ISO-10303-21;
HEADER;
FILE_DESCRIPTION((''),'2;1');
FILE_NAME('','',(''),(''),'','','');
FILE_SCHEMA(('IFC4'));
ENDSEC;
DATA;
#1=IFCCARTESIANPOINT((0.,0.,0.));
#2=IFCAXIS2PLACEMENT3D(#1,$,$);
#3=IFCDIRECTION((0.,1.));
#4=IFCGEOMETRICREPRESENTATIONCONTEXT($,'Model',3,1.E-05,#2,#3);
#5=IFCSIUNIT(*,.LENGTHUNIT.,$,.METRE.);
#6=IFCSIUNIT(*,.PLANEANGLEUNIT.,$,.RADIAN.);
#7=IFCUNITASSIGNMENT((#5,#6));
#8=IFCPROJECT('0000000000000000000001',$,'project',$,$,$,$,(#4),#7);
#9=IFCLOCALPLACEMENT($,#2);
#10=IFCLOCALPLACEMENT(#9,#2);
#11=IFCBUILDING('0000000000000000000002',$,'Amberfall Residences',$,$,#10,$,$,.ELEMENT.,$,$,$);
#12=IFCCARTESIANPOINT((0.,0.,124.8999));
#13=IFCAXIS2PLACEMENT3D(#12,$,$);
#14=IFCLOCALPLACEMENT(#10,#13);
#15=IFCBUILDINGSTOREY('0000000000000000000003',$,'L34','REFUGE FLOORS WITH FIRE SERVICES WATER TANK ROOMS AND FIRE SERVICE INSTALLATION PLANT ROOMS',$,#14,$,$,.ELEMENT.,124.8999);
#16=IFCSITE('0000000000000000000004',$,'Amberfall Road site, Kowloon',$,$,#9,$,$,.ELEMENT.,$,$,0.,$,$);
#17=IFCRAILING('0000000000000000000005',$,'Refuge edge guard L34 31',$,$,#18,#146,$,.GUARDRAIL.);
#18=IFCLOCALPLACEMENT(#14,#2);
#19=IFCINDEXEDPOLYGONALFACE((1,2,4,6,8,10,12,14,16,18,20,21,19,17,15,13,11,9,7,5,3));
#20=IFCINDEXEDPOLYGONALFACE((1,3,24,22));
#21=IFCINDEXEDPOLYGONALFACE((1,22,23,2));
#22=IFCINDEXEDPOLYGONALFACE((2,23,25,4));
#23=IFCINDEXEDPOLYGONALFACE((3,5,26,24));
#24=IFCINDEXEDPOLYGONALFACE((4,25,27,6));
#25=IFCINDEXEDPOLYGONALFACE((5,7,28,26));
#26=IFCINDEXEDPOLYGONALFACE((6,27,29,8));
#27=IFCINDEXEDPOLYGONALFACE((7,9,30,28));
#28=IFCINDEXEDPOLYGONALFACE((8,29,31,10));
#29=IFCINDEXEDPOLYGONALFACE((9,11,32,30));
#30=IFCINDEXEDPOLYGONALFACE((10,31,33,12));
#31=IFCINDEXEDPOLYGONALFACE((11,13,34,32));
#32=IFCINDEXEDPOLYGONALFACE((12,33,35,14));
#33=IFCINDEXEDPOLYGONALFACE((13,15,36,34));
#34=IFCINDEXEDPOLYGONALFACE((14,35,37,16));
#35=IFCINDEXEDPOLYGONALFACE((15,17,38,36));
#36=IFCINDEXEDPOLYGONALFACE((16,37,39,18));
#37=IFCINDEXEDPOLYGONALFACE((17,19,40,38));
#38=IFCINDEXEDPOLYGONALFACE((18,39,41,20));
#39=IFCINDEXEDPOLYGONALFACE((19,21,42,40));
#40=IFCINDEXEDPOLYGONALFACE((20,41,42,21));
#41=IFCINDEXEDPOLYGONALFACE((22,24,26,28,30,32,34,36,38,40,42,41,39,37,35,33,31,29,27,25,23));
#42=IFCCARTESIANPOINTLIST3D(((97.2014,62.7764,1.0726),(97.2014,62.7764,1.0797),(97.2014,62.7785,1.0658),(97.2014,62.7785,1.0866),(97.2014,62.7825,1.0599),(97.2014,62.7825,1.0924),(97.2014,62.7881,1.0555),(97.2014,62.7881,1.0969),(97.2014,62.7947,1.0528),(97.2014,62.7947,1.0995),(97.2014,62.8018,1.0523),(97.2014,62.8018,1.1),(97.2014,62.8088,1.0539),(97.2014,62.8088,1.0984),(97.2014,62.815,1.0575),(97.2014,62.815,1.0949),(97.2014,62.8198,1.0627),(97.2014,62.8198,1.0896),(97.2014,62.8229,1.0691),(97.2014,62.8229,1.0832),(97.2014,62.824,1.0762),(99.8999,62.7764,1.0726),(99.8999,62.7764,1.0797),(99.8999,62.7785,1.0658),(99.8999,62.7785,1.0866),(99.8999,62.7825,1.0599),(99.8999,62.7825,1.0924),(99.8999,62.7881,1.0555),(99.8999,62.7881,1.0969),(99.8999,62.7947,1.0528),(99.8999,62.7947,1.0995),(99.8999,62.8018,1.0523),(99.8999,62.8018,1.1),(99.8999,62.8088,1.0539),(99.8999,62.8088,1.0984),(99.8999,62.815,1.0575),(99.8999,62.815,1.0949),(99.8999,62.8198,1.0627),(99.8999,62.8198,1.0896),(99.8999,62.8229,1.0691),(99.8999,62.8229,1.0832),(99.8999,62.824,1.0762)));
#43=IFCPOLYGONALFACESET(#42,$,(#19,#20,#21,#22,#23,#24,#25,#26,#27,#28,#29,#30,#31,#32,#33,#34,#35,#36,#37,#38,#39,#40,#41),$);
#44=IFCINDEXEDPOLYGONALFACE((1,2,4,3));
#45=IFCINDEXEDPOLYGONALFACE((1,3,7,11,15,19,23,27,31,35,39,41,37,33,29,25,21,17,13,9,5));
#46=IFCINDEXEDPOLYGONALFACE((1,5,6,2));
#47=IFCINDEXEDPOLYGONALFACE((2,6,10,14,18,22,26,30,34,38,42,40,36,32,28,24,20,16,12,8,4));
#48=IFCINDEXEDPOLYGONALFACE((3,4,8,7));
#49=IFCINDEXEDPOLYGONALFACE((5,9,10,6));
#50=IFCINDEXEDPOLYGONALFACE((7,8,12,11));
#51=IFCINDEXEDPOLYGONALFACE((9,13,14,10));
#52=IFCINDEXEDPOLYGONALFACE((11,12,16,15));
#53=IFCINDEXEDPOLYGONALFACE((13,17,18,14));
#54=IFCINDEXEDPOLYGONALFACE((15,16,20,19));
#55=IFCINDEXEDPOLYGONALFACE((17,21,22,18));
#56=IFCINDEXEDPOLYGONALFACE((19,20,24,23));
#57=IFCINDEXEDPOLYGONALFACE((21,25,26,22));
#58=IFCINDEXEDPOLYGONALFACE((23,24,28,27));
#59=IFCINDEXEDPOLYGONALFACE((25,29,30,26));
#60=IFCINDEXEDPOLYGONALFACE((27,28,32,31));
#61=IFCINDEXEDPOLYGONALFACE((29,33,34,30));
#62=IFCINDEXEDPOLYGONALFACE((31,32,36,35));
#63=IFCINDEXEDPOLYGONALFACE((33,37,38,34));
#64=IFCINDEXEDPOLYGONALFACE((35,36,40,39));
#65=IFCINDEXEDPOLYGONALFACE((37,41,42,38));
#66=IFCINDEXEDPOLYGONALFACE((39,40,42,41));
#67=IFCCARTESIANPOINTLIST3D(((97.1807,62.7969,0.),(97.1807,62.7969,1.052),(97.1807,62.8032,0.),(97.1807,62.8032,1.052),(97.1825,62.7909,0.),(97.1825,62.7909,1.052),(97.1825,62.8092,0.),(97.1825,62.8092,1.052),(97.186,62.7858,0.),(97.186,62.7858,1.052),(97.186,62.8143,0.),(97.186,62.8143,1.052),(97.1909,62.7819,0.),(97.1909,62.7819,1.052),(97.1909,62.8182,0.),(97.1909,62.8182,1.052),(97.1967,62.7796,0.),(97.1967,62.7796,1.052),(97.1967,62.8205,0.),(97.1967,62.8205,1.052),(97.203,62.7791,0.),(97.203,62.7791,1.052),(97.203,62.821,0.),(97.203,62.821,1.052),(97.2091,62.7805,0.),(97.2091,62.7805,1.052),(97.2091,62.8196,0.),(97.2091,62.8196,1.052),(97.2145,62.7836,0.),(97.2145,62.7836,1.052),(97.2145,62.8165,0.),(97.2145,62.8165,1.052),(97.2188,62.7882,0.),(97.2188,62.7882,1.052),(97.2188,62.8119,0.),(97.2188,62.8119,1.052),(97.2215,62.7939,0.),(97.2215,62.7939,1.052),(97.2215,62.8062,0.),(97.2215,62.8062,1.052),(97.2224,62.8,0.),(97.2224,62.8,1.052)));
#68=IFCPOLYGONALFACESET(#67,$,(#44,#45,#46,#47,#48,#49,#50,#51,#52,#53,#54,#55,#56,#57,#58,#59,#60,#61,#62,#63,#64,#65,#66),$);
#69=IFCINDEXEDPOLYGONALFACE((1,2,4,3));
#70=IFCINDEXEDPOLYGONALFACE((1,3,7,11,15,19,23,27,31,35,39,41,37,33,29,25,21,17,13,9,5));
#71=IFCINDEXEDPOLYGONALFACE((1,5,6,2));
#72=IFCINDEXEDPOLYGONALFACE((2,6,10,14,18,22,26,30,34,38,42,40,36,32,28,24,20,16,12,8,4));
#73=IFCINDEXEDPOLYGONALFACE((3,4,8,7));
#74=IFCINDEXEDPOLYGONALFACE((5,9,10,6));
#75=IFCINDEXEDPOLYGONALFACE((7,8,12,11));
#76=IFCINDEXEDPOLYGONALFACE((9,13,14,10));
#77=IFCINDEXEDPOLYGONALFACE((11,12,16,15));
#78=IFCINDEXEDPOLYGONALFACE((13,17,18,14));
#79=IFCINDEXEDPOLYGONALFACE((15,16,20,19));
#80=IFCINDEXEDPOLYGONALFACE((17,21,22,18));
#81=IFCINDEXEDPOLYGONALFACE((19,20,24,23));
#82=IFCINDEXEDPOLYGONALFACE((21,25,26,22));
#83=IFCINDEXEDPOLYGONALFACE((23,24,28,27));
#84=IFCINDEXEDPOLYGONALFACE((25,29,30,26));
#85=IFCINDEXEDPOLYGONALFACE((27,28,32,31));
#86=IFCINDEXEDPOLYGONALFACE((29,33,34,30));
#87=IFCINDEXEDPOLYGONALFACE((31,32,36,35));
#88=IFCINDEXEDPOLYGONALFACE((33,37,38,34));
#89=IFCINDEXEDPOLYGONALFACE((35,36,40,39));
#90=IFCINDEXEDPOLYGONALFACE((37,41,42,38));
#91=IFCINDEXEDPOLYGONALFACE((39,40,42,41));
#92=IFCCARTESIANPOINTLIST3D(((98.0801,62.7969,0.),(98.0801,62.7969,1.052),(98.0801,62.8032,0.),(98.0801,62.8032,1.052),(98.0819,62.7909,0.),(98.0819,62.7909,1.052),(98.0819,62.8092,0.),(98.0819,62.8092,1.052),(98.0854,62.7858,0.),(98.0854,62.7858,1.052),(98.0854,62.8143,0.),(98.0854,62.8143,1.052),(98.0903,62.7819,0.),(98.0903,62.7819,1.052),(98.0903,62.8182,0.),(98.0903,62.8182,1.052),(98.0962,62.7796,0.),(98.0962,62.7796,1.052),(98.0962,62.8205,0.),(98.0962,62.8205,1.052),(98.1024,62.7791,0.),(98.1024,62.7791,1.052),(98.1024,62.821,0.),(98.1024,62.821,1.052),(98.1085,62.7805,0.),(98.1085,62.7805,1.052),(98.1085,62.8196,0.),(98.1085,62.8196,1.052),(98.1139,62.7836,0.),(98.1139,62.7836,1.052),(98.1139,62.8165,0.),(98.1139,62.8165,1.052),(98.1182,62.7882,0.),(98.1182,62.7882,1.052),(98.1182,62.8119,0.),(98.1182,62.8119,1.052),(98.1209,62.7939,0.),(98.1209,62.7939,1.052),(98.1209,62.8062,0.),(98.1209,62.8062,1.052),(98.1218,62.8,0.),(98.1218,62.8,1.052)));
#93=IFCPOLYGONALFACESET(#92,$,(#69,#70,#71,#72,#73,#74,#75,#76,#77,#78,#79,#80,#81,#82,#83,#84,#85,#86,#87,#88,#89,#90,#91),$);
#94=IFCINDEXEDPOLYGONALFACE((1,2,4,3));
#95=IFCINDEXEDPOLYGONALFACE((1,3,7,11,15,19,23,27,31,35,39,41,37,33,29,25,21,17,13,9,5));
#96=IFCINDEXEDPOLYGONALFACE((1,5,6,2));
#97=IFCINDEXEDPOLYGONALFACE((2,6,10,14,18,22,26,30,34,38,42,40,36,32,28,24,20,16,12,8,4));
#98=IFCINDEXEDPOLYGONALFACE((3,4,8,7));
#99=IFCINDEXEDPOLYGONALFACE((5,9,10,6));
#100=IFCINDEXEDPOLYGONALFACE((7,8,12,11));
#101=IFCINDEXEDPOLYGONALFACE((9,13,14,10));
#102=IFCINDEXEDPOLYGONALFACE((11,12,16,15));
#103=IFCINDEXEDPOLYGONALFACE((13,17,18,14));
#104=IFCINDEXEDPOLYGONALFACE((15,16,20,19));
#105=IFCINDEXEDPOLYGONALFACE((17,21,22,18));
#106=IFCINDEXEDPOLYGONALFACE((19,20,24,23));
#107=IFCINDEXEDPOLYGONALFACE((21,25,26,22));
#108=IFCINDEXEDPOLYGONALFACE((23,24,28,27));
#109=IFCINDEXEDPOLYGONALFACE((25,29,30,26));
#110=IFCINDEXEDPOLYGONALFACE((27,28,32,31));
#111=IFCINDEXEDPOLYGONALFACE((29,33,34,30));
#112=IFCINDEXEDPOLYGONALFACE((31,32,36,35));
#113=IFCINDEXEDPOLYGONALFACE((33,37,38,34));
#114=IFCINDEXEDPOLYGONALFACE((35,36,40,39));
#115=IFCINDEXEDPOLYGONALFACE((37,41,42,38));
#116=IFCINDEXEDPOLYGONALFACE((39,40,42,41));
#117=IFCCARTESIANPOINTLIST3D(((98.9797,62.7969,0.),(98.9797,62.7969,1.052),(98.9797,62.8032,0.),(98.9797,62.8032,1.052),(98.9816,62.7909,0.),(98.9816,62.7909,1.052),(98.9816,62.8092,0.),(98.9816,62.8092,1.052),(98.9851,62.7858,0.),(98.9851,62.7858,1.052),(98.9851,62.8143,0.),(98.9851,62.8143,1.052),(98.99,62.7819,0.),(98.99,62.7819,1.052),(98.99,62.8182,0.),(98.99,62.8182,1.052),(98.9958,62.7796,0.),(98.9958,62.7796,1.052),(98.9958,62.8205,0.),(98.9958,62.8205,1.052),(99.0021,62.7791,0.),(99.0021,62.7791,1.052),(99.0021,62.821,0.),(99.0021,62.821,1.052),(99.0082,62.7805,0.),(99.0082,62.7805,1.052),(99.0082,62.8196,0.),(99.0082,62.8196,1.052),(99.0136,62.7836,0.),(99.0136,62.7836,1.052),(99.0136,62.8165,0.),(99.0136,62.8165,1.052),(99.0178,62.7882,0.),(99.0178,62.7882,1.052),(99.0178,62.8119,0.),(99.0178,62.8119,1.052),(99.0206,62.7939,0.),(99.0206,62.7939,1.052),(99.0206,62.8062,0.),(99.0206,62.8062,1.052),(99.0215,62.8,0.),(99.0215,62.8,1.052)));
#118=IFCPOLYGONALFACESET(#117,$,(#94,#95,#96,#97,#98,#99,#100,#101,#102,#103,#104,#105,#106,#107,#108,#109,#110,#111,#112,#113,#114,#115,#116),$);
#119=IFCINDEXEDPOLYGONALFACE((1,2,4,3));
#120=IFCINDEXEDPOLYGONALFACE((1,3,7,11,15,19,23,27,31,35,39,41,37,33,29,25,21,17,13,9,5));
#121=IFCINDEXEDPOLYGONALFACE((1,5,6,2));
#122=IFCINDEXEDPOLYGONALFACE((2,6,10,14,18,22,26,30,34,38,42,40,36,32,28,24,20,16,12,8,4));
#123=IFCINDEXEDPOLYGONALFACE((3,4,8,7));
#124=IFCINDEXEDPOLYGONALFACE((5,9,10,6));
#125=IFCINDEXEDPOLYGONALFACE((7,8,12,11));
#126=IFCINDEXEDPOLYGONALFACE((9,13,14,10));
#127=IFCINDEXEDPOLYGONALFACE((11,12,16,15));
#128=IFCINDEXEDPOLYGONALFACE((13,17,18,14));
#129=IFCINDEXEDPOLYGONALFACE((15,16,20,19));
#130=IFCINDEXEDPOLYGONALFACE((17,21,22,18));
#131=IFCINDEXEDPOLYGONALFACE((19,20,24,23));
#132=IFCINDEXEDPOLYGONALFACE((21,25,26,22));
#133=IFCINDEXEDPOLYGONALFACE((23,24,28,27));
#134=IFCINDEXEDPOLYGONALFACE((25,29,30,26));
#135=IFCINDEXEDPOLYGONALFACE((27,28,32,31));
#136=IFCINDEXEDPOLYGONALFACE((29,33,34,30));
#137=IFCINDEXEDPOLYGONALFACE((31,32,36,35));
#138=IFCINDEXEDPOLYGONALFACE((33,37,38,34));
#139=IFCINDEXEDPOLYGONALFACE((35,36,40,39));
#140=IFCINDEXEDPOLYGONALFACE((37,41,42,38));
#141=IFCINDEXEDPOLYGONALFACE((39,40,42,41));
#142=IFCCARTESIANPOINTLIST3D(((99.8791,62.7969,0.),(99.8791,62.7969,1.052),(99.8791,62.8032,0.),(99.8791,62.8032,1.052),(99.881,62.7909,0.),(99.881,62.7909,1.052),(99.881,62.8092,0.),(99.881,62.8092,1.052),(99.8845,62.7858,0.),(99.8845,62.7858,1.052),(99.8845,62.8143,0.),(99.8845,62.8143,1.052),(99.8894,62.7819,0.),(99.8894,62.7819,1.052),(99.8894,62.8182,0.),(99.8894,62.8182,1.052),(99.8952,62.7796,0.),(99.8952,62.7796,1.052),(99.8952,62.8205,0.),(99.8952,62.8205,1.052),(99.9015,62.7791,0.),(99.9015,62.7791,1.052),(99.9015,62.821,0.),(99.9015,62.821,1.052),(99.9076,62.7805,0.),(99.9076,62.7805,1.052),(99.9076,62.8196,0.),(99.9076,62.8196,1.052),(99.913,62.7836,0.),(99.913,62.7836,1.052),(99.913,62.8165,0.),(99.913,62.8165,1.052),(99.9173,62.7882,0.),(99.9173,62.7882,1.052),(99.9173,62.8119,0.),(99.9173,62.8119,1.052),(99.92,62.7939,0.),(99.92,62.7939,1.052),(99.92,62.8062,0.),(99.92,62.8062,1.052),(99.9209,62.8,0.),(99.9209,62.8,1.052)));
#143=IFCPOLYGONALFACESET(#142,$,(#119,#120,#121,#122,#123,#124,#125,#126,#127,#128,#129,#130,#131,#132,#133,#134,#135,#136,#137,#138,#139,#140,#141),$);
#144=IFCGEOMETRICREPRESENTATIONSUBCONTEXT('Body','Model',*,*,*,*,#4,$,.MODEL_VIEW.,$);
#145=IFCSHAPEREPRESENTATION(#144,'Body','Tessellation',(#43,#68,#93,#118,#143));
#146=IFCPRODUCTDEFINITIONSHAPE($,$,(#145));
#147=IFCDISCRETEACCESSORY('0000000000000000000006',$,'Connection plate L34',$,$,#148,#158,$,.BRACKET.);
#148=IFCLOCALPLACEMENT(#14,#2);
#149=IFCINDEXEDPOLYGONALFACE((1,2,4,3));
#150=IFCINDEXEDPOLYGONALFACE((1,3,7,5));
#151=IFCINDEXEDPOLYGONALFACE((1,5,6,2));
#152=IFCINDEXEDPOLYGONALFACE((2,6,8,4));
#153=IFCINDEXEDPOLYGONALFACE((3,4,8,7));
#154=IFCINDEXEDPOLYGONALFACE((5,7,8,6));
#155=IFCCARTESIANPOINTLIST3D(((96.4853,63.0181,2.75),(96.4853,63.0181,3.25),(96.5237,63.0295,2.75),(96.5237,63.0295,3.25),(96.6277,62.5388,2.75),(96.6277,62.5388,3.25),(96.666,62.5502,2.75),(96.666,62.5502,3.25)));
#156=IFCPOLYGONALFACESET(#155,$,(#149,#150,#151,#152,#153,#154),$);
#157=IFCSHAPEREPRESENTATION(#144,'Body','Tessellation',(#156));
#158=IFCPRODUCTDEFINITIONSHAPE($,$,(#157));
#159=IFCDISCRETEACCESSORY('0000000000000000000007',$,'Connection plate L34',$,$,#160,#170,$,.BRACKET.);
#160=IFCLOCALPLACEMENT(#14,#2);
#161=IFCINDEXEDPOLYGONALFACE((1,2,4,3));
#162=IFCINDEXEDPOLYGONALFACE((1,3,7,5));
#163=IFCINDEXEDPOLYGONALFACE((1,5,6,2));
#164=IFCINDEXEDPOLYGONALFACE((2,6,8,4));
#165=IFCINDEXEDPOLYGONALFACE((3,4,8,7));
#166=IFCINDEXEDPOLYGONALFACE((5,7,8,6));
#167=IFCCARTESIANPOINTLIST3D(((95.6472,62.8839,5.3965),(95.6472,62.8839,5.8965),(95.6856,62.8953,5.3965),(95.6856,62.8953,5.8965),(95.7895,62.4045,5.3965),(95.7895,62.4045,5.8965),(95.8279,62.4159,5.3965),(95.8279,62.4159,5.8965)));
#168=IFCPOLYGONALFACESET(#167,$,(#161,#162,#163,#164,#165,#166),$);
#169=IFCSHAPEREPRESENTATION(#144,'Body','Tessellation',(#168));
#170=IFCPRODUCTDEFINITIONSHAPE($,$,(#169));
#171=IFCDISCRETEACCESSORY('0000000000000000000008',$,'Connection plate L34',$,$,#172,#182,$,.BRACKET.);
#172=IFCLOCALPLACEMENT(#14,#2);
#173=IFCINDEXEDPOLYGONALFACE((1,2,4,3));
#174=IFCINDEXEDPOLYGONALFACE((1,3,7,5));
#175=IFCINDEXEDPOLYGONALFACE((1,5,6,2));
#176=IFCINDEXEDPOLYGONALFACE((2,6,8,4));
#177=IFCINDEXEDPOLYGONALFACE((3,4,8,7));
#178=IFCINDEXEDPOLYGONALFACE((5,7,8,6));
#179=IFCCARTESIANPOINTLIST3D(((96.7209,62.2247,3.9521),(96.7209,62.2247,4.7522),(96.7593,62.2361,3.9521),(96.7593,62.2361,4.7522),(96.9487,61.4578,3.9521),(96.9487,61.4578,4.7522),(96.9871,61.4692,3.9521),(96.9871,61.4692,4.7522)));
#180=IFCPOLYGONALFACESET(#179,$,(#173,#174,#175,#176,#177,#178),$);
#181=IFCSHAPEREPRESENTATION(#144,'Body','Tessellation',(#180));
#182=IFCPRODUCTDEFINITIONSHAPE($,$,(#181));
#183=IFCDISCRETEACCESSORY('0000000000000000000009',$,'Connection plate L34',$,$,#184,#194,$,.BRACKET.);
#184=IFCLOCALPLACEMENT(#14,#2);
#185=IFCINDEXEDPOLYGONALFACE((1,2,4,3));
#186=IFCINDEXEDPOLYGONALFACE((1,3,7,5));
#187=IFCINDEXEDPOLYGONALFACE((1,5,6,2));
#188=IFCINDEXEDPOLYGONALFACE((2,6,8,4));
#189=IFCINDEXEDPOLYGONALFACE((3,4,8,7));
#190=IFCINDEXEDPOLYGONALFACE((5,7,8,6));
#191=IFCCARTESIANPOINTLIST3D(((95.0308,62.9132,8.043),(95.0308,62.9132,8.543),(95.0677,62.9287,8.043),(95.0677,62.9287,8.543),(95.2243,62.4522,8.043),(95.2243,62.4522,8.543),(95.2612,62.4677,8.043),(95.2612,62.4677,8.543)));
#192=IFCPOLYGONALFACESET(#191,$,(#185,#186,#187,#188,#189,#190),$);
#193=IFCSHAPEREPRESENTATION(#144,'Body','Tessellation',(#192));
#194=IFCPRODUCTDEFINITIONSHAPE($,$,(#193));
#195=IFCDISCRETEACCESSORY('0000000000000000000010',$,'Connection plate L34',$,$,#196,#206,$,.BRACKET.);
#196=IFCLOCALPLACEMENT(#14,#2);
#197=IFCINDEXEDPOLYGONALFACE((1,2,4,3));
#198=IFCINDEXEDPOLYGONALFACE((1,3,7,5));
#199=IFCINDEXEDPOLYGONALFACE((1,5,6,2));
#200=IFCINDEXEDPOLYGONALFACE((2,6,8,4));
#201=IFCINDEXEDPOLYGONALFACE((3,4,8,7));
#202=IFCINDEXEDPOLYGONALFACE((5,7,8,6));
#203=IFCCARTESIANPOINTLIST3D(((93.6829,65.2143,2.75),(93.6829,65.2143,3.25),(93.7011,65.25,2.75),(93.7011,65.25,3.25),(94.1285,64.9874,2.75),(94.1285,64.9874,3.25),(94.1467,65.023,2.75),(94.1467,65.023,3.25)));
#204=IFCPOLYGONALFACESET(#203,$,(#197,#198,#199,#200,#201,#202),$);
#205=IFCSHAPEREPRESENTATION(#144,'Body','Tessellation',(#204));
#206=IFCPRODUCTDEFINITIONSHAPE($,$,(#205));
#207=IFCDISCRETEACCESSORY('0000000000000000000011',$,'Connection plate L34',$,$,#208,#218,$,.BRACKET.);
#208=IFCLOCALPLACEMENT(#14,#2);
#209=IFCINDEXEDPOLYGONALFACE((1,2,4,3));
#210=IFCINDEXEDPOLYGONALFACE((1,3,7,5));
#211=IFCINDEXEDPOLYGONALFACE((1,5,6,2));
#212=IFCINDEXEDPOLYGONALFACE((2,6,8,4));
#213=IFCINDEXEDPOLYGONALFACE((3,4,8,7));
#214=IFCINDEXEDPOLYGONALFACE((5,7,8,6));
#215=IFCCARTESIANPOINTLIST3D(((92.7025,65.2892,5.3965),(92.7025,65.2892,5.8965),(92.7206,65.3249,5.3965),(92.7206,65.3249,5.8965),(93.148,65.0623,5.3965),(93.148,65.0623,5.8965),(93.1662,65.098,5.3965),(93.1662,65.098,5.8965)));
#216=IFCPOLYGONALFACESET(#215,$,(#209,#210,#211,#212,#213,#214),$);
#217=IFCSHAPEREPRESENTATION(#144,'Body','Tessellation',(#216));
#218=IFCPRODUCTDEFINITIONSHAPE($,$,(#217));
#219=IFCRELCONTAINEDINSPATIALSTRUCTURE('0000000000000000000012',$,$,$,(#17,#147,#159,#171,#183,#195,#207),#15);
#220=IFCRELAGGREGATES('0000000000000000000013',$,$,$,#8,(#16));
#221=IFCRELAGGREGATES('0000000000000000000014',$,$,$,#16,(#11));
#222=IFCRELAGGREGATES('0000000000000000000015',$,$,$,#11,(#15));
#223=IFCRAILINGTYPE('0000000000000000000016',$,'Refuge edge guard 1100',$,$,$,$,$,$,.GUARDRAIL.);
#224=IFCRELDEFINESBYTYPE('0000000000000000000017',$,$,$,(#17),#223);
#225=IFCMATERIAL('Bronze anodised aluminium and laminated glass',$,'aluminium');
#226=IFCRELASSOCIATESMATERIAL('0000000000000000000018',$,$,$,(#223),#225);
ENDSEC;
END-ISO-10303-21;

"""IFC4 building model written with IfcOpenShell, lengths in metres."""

from ifc_helpers import new_model, si_unit, direction, frame, origin, origin_2d, place, context, subcontext, project, spatial, rectangle, circle, extrude, material, type_object, element, save


model = new_model("IFC4")

# Units and contexts
model_context = context("Model", 3, precision=1e-05, world=origin(), true_north=direction((0.0, 1.0)))
body_context = subcontext(model_context, "Body", "Model", "MODEL_VIEW")
ifc_project = project(units=[si_unit("LENGTHUNIT", "METRE"), si_unit("PLANEANGLEUNIT", "RADIAN")], contexts=[model_context])

# Site, building, storey
site_placement = place(None, origin())
site = spatial("IfcSite", under=ifc_project, at=site_placement, Name="Amberfall Road site, Kowloon", CompositionType="ELEMENT", RefElevation=0.0)
building_placement = place(site_placement, origin())
building = spatial("IfcBuilding", under=site, at=building_placement, Name="Amberfall Residences", CompositionType="ELEMENT")
storey_placement = place(building_placement, frame((0.0, 0.0, 124.8999)))
storey = spatial("IfcBuildingStorey", under=building, at=storey_placement, Name="L34", Description="REFUGE FLOORS WITH FIRE SERVICES WATER TANK ROOMS AND FIRE SERVICE INSTALLATION PLANT ROOMS", CompositionType="ELEMENT", Elevation=124.8999)

# Railing
ifc_material_1 = material(Name="Bronze anodised aluminium and laminated glass", Category="aluminium")
railing_type = type_object("IfcRailingType", Name="Refuge edge guard 1100", PredefinedType="GUARDRAIL", material=ifc_material_1)
railing_1_placement = place(storey_placement, frame((97.2014, 62.8, 0.0)))
element("IfcRailing", 1, at=railing_1_placement, inside=storey, type_object=railing_type, Name="Refuge edge guard L34 31", PredefinedType="GUARDRAIL", context=body_context, shape_type="SweptSolid", body=[
    extrude(circle(Radius=0.0239, at=origin_2d()), frame((0.0, 0.0, 1.0762), z_axis=(1.0, 0.0, 0.0), x_axis=(0.0, 1.0, 0.0)), (0.0, 0.0, 1.0), 2.6985),
    extrude(circle(Radius=0.021, at=origin_2d()), origin(), (0.0, 0.0, 1.0), 1.052),
    extrude(circle(Radius=0.021, at=origin_2d()), frame((0.8994, 0.0, 0.0)), (0.0, 0.0, 1.0), 1.052),
    extrude(circle(Radius=0.021, at=origin_2d()), frame((1.7991, 0.0, 0.0)), (0.0, 0.0, 1.0), 1.052),
    extrude(circle(Radius=0.021, at=origin_2d()), frame((2.6985, 0.0, 0.0)), (0.0, 0.0, 1.0), 1.052),
])

# Discrete accessories
for number, where, z_axis, x_axis, name in (
    (2, (96.5757, 62.7842, 2.75), (0.0, 0.0, 1.0), (0.284685, -0.958621, 0.0), "Connection plate L34"),
    (3, (95.7375, 62.6499, 5.3965), (0.0, 0.0, 1.0), (0.284685, -0.958621, 0.0), "Connection plate L34"),
):
    element("IfcDiscreteAccessory", number, at=place(storey_placement, frame(where, z_axis=z_axis, x_axis=x_axis)), inside=storey, Name=name, PredefinedType="BRACKET", context=body_context, shape_type="SweptSolid", body=[
        extrude(rectangle(XDim=0.5, YDim=0.04, at=origin_2d()), origin(), (0.0, 0.0, 1.0), 0.5),
    ])
discrete_accessory_placement = place(storey_placement, frame((96.854, 61.8469, 3.9521), z_axis=(0.0, 0.0, 1.0), x_axis=(0.284685, -0.958621, 0.0)))
element("IfcDiscreteAccessory", 4, at=discrete_accessory_placement, inside=storey, Name="Connection plate L34", PredefinedType="BRACKET", context=body_context, shape_type="SweptSolid", body=[
    extrude(rectangle(XDim=0.8, YDim=0.04, at=origin_2d()), origin(), (0.0, 0.0, 1.0), 0.8),
])
for number, where, z_axis, x_axis, name in (
    (5, (95.146, 62.6904, 8.043), (0.0, 0.0, 1.0), (0.387145, -0.922019, 0.0), "Connection plate L34"),
    (6, (93.9148, 65.1187, 2.75), (0.0, 0.0, 1.0), (-0.891086, 0.453835, 0.0), "Connection plate L34"),
    (7, (92.9343, 65.1936, 5.3965), (0.0, 0.0, 1.0), (-0.891086, 0.453835, 0.0), "Connection plate L34"),
):
    element("IfcDiscreteAccessory", number, at=place(storey_placement, frame(where, z_axis=z_axis, x_axis=x_axis)), inside=storey, Name=name, PredefinedType="BRACKET", context=body_context, shape_type="SweptSolid", body=[
        extrude(rectangle(XDim=0.5, YDim=0.04, at=origin_2d()), origin(), (0.0, 0.0, 1.0), 0.5),
    ])

save(model, "model.ifc")
